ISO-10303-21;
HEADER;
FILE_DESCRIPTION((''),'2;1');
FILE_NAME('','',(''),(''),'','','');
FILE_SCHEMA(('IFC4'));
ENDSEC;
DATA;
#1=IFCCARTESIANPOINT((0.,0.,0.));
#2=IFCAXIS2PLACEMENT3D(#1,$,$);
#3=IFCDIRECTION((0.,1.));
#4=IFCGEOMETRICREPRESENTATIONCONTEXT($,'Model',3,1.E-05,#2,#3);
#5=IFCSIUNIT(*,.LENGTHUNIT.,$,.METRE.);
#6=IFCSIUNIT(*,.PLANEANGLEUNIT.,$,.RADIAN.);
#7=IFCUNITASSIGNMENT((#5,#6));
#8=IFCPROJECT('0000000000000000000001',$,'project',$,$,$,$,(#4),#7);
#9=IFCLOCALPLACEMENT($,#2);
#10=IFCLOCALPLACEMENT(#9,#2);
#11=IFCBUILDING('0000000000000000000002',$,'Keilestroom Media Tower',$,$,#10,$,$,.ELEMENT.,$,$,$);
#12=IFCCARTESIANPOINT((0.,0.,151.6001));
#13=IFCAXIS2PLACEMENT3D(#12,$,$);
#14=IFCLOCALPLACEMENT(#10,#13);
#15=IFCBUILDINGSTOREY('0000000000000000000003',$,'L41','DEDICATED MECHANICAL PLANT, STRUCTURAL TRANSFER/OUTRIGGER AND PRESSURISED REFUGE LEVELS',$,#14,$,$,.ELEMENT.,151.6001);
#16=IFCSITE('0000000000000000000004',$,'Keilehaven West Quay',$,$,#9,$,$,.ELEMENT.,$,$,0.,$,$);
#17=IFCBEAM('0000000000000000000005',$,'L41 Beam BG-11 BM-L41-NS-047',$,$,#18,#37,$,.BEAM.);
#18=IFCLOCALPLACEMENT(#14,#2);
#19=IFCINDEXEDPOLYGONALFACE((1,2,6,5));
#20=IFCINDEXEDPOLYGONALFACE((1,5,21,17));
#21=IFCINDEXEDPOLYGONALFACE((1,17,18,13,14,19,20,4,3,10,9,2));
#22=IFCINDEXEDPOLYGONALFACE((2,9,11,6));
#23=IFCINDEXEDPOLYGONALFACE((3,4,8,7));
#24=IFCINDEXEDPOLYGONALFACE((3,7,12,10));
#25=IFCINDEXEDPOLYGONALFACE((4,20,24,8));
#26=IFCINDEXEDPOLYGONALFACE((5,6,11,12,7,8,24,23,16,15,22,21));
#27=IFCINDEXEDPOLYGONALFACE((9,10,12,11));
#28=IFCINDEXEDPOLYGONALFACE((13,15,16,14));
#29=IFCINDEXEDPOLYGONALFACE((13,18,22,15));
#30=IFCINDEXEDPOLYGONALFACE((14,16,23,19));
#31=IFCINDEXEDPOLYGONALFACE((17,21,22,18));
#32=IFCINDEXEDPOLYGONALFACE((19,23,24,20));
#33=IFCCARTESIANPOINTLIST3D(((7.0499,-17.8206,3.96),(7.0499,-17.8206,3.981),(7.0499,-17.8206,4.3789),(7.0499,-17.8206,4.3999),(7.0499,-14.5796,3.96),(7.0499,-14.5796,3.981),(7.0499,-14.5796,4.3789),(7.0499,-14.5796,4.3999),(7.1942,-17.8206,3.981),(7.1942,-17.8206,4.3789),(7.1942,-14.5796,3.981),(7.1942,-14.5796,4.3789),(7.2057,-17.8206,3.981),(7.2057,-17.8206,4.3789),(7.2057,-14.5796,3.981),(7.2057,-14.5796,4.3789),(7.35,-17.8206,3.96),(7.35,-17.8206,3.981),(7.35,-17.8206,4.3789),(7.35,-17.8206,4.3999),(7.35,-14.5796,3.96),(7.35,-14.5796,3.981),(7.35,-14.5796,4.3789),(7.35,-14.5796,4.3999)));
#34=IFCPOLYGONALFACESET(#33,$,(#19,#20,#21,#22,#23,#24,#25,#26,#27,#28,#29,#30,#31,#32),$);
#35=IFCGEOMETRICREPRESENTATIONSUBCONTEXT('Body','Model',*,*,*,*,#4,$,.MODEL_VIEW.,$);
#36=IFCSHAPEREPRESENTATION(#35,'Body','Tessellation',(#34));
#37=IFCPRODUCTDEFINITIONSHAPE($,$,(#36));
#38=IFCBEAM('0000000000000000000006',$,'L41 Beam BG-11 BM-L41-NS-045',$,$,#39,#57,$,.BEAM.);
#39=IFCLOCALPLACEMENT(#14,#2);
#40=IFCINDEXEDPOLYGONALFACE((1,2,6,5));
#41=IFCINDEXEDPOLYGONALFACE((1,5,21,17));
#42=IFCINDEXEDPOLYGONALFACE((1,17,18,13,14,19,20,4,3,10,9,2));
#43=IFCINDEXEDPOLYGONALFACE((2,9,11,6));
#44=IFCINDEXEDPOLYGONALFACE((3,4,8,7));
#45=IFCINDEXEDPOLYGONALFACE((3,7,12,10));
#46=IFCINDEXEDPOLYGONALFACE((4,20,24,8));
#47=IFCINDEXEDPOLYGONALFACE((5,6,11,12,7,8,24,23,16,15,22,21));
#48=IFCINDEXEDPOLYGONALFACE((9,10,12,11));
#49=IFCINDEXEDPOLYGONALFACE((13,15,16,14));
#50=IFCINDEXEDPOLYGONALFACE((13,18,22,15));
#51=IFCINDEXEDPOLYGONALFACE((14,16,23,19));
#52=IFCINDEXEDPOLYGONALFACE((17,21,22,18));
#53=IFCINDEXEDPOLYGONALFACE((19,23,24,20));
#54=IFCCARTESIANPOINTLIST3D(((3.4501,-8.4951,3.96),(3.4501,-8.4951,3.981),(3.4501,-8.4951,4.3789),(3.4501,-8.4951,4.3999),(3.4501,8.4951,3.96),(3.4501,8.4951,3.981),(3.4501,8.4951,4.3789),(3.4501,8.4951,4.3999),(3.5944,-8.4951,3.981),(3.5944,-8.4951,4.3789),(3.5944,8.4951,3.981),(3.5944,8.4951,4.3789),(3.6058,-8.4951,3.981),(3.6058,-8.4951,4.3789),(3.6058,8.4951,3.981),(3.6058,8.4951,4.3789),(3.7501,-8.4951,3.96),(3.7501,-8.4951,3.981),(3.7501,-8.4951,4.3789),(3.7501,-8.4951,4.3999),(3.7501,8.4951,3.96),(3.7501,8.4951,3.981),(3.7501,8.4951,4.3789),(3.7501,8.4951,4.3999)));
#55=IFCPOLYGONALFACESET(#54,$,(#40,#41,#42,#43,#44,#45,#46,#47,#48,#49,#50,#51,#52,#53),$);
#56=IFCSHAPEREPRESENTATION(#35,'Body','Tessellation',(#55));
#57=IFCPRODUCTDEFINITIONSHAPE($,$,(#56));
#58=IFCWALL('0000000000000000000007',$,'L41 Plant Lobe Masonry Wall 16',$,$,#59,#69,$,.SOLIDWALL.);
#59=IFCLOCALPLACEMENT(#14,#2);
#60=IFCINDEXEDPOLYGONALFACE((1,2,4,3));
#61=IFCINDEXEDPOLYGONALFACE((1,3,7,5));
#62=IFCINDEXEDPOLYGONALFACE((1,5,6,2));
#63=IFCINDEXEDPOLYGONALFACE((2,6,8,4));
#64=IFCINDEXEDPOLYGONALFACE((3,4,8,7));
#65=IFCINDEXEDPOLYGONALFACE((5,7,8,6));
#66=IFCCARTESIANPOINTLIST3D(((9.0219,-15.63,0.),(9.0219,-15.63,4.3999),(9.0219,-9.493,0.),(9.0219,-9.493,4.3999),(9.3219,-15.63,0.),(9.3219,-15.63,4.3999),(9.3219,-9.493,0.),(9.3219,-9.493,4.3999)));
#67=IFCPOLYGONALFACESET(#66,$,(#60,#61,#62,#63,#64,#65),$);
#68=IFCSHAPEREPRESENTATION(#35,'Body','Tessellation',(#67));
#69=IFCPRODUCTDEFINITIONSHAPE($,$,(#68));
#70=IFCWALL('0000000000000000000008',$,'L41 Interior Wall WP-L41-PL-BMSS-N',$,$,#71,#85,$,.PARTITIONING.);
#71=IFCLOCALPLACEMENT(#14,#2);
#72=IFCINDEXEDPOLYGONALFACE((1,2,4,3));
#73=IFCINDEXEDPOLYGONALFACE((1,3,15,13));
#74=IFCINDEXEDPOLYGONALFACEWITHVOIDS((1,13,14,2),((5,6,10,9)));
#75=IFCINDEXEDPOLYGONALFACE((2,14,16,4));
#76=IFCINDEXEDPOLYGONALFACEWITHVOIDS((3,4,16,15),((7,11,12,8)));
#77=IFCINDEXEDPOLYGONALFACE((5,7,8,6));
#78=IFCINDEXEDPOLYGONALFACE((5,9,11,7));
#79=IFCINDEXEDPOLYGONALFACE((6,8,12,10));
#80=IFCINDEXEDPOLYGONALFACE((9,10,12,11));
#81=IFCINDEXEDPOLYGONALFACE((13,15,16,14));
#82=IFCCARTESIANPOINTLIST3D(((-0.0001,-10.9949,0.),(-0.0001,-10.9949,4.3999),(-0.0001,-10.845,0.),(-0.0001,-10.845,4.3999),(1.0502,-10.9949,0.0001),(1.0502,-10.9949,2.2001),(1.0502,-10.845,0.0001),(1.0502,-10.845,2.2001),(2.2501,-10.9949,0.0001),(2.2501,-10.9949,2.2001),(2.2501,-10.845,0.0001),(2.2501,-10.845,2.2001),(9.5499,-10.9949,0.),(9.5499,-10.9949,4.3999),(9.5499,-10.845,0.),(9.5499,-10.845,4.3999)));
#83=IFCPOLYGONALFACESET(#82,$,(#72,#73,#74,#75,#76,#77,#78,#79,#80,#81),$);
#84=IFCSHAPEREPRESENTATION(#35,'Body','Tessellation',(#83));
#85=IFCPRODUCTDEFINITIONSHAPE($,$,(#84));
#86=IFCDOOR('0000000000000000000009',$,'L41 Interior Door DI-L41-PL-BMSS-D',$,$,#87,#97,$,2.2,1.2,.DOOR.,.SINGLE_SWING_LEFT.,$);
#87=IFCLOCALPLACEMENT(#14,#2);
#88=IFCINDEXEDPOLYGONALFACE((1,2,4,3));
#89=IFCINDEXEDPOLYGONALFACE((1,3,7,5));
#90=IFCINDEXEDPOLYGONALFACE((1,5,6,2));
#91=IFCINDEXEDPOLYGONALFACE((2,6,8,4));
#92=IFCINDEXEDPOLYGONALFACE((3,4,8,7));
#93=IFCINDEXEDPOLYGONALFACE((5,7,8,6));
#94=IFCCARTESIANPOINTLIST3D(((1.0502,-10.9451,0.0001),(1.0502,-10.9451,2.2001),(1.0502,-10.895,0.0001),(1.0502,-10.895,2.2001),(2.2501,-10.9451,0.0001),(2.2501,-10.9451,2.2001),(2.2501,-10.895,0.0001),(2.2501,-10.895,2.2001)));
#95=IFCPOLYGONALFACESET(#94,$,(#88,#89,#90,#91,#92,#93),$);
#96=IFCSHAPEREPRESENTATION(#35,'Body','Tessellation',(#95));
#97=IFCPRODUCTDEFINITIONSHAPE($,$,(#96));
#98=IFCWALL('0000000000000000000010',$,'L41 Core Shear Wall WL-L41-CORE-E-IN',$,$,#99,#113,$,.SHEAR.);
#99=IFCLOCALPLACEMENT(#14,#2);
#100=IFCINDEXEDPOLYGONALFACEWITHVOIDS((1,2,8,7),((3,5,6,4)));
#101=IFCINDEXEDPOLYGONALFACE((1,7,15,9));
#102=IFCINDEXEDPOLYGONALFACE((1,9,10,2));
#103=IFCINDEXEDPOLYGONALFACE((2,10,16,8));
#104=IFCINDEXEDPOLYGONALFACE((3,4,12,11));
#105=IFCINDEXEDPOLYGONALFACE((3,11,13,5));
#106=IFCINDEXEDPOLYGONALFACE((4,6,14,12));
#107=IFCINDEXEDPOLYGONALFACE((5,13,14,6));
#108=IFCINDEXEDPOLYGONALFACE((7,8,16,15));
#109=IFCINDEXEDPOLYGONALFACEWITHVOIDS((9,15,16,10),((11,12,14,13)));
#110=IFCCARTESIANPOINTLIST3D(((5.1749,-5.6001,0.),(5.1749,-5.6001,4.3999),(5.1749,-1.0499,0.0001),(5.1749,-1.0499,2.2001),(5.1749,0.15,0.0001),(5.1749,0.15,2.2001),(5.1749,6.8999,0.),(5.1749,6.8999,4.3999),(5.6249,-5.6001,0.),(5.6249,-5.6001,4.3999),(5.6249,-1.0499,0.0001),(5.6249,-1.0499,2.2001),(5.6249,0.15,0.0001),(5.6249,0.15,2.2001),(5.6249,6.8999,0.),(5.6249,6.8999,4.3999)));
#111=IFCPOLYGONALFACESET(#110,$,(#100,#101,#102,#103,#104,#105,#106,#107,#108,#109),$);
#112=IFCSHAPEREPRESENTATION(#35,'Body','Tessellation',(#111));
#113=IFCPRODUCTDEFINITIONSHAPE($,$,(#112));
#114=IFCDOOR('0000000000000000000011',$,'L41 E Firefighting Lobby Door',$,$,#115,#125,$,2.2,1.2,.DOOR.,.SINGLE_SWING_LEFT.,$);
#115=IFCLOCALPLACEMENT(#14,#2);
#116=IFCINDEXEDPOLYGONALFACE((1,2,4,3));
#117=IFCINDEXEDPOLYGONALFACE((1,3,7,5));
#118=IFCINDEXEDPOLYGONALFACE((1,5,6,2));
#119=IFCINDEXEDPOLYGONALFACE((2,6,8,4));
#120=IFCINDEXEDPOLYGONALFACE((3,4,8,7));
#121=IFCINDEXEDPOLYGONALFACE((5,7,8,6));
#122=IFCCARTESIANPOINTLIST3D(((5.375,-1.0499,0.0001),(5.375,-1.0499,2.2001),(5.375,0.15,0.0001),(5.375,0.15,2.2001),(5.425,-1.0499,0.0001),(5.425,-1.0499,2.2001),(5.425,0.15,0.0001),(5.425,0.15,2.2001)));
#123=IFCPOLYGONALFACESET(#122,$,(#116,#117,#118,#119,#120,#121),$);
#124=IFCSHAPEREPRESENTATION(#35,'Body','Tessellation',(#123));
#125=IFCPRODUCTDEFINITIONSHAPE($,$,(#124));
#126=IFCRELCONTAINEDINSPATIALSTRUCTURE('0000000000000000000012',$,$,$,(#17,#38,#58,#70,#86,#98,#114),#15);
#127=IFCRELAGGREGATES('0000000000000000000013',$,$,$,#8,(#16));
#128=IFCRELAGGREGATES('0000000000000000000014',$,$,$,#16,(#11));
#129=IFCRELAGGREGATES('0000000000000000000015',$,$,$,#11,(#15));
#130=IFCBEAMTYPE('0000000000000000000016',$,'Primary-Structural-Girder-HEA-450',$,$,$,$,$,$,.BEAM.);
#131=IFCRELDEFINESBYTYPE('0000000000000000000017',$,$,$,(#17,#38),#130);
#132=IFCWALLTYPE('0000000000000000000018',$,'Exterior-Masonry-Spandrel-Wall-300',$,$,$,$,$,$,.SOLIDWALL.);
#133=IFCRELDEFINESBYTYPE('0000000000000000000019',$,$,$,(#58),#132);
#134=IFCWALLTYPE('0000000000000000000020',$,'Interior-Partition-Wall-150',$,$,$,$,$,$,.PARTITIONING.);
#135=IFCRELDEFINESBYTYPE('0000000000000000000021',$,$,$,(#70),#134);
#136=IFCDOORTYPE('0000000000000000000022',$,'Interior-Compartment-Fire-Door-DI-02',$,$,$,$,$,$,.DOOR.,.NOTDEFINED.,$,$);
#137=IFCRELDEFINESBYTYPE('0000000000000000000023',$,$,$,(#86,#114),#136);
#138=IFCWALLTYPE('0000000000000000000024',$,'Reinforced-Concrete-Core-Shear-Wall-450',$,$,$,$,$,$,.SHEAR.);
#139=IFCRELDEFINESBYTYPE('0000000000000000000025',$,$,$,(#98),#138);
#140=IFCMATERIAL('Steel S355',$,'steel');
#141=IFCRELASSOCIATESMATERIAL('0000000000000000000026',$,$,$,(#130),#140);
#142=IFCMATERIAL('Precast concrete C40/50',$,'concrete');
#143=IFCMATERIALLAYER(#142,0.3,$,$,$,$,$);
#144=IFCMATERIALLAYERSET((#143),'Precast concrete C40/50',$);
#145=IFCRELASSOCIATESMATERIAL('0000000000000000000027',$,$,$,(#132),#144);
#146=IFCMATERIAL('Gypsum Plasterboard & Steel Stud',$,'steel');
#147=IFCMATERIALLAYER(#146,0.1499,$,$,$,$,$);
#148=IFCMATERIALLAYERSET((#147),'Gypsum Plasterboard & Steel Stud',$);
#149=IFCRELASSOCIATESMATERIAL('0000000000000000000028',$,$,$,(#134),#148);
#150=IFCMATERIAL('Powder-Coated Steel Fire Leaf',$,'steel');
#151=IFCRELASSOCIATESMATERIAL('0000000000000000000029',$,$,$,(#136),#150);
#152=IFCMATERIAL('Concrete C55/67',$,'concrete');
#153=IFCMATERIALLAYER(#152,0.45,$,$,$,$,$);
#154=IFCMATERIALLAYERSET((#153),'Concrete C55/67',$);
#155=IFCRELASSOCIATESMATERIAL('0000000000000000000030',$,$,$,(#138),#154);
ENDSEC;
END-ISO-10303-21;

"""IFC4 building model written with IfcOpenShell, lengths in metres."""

from ifc_helpers import new_model, si_unit, direction, frame, frame_2d, origin, origin_2d, place, context, subcontext, project, spatial, rectangle, i_section, extrude, source, transform, mapped, material, layer, layer_set, material_profile, profile_set, type_object, element, fill, save


model = new_model("IFC4")

# Units and contexts
model_context = context("Model", 3, precision=1e-05, world=origin(), true_north=direction((0.0, 1.0)))
body_context = subcontext(model_context, "Body", "Model", "MODEL_VIEW")
ifc_project = project(units=[si_unit("LENGTHUNIT", "METRE"), si_unit("PLANEANGLEUNIT", "RADIAN")], contexts=[model_context])

# Site, building, storey
site_placement = place(None, origin())
site = spatial("IfcSite", under=ifc_project, at=site_placement, Name="Keilehaven West Quay", CompositionType="ELEMENT", RefElevation=0.0)
building_placement = place(site_placement, origin())
building = spatial("IfcBuilding", under=site, at=building_placement, Name="Keilestroom Media Tower", CompositionType="ELEMENT")
storey_placement = place(building_placement, frame((0.0, 0.0, 151.6001)))
storey = spatial("IfcBuildingStorey", under=building, at=storey_placement, Name="L41", Description="DEDICATED MECHANICAL PLANT, STRUCTURAL TRANSFER/OUTRIGGER AND PRESSURISED REFUGE LEVELS", CompositionType="ELEMENT", Elevation=151.6001)

# Shared definitions
ifc_material_1 = material(Name="Steel S355", Category="steel")
ifc_material_2 = material(Name="Concrete C55/67", Category="concrete")

# Beams
ifc_material_profile_1 = material_profile(ifc_material_1, i_section(OverallWidth=0.3, OverallDepth=0.4399, WebThickness=0.0115, FlangeThickness=0.021, at=origin_2d()), Name="HEA 450")
ifc_profile_set_1 = profile_set([ifc_material_profile_1], Name="Steel S355")
beam_type_1 = type_object("IfcBeamType", Name="Primary-Structural-Girder-HEA-450", PredefinedType="BEAM", material=ifc_profile_set_1)
shared_shape_1 = source(origin(), body_context, "Body", "SweptSolid", [
    extrude(i_section(OverallWidth=0.3, OverallDepth=0.4399, WebThickness=0.0115, FlangeThickness=0.021, at=origin_2d()), origin(), (0.0, 0.0, 1.0), 3.241),
])
beam_1_placement = place(storey_placement, frame((7.2, -17.8206, 4.1799), z_axis=(0.0, 1.0, 0.0), x_axis=(-1.0, 0.0, 0.0)))
element("IfcBeam", 1, at=beam_1_placement, inside=storey, type_object=beam_type_1, Name="L41 Beam BG-11 BM-L41-NS-047", PredefinedType="BEAM", context=body_context, shape_type="MappedRepresentation", body=[
    mapped(shared_shape_1, transform((0.0, 0.0, 0.0), x_axis=(1.0, 0.0, 0.0), y_axis=(0.0, 1.0, 0.0), z_axis=(0.0, 0.0, 1.0), scale=1.0)),
])
shared_shape_2 = source(origin(), body_context, "Body", "SweptSolid", [
    extrude(i_section(OverallWidth=0.3, OverallDepth=0.4399, WebThickness=0.0115, FlangeThickness=0.021, at=origin_2d()), origin(), (0.0, 0.0, 1.0), 16.9902),
])
beam_2_placement = place(storey_placement, frame((3.6001, -8.4951, 4.1799), z_axis=(0.0, 1.0, 0.0), x_axis=(-1.0, 0.0, 0.0)))
element("IfcBeam", 2, at=beam_2_placement, inside=storey, type_object=beam_type_1, Name="L41 Beam BG-11 BM-L41-NS-045", PredefinedType="BEAM", context=body_context, shape_type="MappedRepresentation", body=[
    mapped(shared_shape_2, transform((0.0, 0.0, 0.0), x_axis=(1.0, 0.0, 0.0), y_axis=(0.0, 1.0, 0.0), z_axis=(0.0, 0.0, 1.0), scale=1.0)),
])

# Wall
ifc_material_3 = material(Name="Precast concrete C40/50", Category="concrete")
ifc_layer_1 = layer(ifc_material_3, 0.3)
ifc_layer_set_1 = layer_set([ifc_layer_1], Name="Precast concrete C40/50")
wall_type_1 = type_object("IfcWallType", Name="Exterior-Masonry-Spandrel-Wall-300", PredefinedType="SOLIDWALL", material=ifc_layer_set_1)
wall_1_placement = place(storey_placement, frame((9.1719, -15.6299, 0.0), z_axis=(0.0, 0.0, 1.0), x_axis=(0.0, 1.0, 0.0)))
element("IfcWall", 3, at=wall_1_placement, inside=storey, type_object=wall_type_1, Name="L41 Plant Lobe Masonry Wall 16", PredefinedType="SOLIDWALL", context=body_context, shape_type="SweptSolid", body=[
    extrude(rectangle(XDim=6.137, YDim=0.3, at=frame_2d((3.0684, 0.0))), origin(), (0.0, 0.0, 1.0), 4.3999),
])

# Walls, openings, doors
ifc_material_4 = material(Name="Gypsum Plasterboard & Steel Stud", Category="steel")
ifc_layer_2 = layer(ifc_material_4, 0.1499)
ifc_layer_set_2 = layer_set([ifc_layer_2], Name="Gypsum Plasterboard & Steel Stud")
wall_type_2 = type_object("IfcWallType", Name="Interior-Partition-Wall-150", PredefinedType="PARTITIONING", material=ifc_layer_set_2)
wall_2_placement = place(storey_placement, frame((0.0, -10.9199, 0.0), z_axis=(0.0, 0.0, 1.0), x_axis=(1.0, 0.0, 0.0)))
wall_2 = element("IfcWall", 4, at=wall_2_placement, inside=storey, type_object=wall_type_2, Name="L41 Interior Wall WP-L41-PL-BMSS-N", PredefinedType="PARTITIONING", context=body_context, shape_type="SweptSolid", body=[
    extrude(rectangle(XDim=9.55, YDim=0.1499, at=frame_2d((4.7749, 0.0))), origin(), (0.0, 0.0, 1.0), 4.3999),
])
opening_1_placement = place(wall_2_placement, frame((1.05, 0.0, 0.0)))
opening_1 = element("IfcOpeningElement", 5, at=opening_1_placement, cuts=wall_2, PredefinedType="OPENING", context=body_context, shape_type="SweptSolid", body=[
    extrude(rectangle(XDim=1.2, YDim=2.2, at=frame_2d((0.6001, 1.1001))), frame((0.0, 0.085, 0.0), z_axis=(0.0, -1.0, 0.0), x_axis=(1.0, 0.0, 0.0)), (0.0, 0.0, 1.0), 0.1699),
])
ifc_material_5 = material(Name="Powder-Coated Steel Fire Leaf", Category="steel")
door_type_1 = type_object("IfcDoorType", Name="Interior-Compartment-Fire-Door-DI-02", OperationType="NOTDEFINED", PredefinedType="DOOR", material=ifc_material_5)
shared_shape_3 = source(origin(), body_context, "Body", "SweptSolid", [
    extrude(rectangle(XDim=1.2, YDim=2.2, at=frame_2d((0.6001, 1.1001))), frame((0.0, 0.0249, 0.0), z_axis=(0.0, -1.0, 0.0), x_axis=(1.0, 0.0, 0.0)), (0.0, 0.0, 1.0), 0.05),
])
door_1_placement = place(opening_1_placement, origin())
door_1 = element("IfcDoor", 6, at=door_1_placement, inside=storey, type_object=door_type_1, Name="L41 Interior Door DI-L41-PL-BMSS-D", OperationType="SINGLE_SWING_LEFT", OverallHeight=2.2, OverallWidth=1.2, PredefinedType="DOOR", context=body_context, shape_type="MappedRepresentation", body=[
    mapped(shared_shape_3, transform((0.0, 0.0, 0.0), x_axis=(1.0, 0.0, 0.0), y_axis=(0.0, 1.0, 0.0), z_axis=(0.0, 0.0, 1.0), scale=1.0)),
])
fill(opening_1, door_1)
ifc_layer_3 = layer(ifc_material_2, 0.45)
ifc_layer_set_3 = layer_set([ifc_layer_3], Name="Concrete C55/67")
wall_type_3 = type_object("IfcWallType", Name="Reinforced-Concrete-Core-Shear-Wall-450", PredefinedType="SHEAR", material=ifc_layer_set_3)
wall_3_placement = place(storey_placement, frame((5.3999, -5.6001, 0.0), z_axis=(0.0, 0.0, 1.0), x_axis=(0.0, 1.0, 0.0)))
wall_3 = element("IfcWall", 7, at=wall_3_placement, inside=storey, type_object=wall_type_3, Name="L41 Core Shear Wall WL-L41-CORE-E-IN", PredefinedType="SHEAR", context=body_context, shape_type="SweptSolid", body=[
    extrude(rectangle(XDim=12.5, YDim=0.45, at=frame_2d((6.25, 0.0))), origin(), (0.0, 0.0, 1.0), 4.3999),
])
opening_2_placement = place(wall_3_placement, frame((4.55, 0.0, 0.0)))
opening_2 = element("IfcOpeningElement", 8, at=opening_2_placement, cuts=wall_3, PredefinedType="OPENING", context=body_context, shape_type="SweptSolid", body=[
    extrude(rectangle(XDim=1.2, YDim=2.2, at=frame_2d((0.6001, 1.1001))), frame((0.0, 0.2349, 0.0), z_axis=(0.0, -1.0, 0.0), x_axis=(1.0, 0.0, 0.0)), (0.0, 0.0, 1.0), 0.47),
])
door_2_placement = place(opening_2_placement, origin())
door_2 = element("IfcDoor", 9, at=door_2_placement, inside=storey, type_object=door_type_1, Name="L41 E Firefighting Lobby Door", OperationType="SINGLE_SWING_LEFT", OverallHeight=2.2, OverallWidth=1.2, PredefinedType="DOOR", context=body_context, shape_type="MappedRepresentation", body=[
    mapped(shared_shape_3, transform((0.0, 0.0, 0.0), x_axis=(1.0, 0.0, 0.0), y_axis=(0.0, 1.0, 0.0), z_axis=(0.0, 0.0, 1.0), scale=1.0)),
])
fill(opening_2, door_2)

save(model, "model.ifc")
